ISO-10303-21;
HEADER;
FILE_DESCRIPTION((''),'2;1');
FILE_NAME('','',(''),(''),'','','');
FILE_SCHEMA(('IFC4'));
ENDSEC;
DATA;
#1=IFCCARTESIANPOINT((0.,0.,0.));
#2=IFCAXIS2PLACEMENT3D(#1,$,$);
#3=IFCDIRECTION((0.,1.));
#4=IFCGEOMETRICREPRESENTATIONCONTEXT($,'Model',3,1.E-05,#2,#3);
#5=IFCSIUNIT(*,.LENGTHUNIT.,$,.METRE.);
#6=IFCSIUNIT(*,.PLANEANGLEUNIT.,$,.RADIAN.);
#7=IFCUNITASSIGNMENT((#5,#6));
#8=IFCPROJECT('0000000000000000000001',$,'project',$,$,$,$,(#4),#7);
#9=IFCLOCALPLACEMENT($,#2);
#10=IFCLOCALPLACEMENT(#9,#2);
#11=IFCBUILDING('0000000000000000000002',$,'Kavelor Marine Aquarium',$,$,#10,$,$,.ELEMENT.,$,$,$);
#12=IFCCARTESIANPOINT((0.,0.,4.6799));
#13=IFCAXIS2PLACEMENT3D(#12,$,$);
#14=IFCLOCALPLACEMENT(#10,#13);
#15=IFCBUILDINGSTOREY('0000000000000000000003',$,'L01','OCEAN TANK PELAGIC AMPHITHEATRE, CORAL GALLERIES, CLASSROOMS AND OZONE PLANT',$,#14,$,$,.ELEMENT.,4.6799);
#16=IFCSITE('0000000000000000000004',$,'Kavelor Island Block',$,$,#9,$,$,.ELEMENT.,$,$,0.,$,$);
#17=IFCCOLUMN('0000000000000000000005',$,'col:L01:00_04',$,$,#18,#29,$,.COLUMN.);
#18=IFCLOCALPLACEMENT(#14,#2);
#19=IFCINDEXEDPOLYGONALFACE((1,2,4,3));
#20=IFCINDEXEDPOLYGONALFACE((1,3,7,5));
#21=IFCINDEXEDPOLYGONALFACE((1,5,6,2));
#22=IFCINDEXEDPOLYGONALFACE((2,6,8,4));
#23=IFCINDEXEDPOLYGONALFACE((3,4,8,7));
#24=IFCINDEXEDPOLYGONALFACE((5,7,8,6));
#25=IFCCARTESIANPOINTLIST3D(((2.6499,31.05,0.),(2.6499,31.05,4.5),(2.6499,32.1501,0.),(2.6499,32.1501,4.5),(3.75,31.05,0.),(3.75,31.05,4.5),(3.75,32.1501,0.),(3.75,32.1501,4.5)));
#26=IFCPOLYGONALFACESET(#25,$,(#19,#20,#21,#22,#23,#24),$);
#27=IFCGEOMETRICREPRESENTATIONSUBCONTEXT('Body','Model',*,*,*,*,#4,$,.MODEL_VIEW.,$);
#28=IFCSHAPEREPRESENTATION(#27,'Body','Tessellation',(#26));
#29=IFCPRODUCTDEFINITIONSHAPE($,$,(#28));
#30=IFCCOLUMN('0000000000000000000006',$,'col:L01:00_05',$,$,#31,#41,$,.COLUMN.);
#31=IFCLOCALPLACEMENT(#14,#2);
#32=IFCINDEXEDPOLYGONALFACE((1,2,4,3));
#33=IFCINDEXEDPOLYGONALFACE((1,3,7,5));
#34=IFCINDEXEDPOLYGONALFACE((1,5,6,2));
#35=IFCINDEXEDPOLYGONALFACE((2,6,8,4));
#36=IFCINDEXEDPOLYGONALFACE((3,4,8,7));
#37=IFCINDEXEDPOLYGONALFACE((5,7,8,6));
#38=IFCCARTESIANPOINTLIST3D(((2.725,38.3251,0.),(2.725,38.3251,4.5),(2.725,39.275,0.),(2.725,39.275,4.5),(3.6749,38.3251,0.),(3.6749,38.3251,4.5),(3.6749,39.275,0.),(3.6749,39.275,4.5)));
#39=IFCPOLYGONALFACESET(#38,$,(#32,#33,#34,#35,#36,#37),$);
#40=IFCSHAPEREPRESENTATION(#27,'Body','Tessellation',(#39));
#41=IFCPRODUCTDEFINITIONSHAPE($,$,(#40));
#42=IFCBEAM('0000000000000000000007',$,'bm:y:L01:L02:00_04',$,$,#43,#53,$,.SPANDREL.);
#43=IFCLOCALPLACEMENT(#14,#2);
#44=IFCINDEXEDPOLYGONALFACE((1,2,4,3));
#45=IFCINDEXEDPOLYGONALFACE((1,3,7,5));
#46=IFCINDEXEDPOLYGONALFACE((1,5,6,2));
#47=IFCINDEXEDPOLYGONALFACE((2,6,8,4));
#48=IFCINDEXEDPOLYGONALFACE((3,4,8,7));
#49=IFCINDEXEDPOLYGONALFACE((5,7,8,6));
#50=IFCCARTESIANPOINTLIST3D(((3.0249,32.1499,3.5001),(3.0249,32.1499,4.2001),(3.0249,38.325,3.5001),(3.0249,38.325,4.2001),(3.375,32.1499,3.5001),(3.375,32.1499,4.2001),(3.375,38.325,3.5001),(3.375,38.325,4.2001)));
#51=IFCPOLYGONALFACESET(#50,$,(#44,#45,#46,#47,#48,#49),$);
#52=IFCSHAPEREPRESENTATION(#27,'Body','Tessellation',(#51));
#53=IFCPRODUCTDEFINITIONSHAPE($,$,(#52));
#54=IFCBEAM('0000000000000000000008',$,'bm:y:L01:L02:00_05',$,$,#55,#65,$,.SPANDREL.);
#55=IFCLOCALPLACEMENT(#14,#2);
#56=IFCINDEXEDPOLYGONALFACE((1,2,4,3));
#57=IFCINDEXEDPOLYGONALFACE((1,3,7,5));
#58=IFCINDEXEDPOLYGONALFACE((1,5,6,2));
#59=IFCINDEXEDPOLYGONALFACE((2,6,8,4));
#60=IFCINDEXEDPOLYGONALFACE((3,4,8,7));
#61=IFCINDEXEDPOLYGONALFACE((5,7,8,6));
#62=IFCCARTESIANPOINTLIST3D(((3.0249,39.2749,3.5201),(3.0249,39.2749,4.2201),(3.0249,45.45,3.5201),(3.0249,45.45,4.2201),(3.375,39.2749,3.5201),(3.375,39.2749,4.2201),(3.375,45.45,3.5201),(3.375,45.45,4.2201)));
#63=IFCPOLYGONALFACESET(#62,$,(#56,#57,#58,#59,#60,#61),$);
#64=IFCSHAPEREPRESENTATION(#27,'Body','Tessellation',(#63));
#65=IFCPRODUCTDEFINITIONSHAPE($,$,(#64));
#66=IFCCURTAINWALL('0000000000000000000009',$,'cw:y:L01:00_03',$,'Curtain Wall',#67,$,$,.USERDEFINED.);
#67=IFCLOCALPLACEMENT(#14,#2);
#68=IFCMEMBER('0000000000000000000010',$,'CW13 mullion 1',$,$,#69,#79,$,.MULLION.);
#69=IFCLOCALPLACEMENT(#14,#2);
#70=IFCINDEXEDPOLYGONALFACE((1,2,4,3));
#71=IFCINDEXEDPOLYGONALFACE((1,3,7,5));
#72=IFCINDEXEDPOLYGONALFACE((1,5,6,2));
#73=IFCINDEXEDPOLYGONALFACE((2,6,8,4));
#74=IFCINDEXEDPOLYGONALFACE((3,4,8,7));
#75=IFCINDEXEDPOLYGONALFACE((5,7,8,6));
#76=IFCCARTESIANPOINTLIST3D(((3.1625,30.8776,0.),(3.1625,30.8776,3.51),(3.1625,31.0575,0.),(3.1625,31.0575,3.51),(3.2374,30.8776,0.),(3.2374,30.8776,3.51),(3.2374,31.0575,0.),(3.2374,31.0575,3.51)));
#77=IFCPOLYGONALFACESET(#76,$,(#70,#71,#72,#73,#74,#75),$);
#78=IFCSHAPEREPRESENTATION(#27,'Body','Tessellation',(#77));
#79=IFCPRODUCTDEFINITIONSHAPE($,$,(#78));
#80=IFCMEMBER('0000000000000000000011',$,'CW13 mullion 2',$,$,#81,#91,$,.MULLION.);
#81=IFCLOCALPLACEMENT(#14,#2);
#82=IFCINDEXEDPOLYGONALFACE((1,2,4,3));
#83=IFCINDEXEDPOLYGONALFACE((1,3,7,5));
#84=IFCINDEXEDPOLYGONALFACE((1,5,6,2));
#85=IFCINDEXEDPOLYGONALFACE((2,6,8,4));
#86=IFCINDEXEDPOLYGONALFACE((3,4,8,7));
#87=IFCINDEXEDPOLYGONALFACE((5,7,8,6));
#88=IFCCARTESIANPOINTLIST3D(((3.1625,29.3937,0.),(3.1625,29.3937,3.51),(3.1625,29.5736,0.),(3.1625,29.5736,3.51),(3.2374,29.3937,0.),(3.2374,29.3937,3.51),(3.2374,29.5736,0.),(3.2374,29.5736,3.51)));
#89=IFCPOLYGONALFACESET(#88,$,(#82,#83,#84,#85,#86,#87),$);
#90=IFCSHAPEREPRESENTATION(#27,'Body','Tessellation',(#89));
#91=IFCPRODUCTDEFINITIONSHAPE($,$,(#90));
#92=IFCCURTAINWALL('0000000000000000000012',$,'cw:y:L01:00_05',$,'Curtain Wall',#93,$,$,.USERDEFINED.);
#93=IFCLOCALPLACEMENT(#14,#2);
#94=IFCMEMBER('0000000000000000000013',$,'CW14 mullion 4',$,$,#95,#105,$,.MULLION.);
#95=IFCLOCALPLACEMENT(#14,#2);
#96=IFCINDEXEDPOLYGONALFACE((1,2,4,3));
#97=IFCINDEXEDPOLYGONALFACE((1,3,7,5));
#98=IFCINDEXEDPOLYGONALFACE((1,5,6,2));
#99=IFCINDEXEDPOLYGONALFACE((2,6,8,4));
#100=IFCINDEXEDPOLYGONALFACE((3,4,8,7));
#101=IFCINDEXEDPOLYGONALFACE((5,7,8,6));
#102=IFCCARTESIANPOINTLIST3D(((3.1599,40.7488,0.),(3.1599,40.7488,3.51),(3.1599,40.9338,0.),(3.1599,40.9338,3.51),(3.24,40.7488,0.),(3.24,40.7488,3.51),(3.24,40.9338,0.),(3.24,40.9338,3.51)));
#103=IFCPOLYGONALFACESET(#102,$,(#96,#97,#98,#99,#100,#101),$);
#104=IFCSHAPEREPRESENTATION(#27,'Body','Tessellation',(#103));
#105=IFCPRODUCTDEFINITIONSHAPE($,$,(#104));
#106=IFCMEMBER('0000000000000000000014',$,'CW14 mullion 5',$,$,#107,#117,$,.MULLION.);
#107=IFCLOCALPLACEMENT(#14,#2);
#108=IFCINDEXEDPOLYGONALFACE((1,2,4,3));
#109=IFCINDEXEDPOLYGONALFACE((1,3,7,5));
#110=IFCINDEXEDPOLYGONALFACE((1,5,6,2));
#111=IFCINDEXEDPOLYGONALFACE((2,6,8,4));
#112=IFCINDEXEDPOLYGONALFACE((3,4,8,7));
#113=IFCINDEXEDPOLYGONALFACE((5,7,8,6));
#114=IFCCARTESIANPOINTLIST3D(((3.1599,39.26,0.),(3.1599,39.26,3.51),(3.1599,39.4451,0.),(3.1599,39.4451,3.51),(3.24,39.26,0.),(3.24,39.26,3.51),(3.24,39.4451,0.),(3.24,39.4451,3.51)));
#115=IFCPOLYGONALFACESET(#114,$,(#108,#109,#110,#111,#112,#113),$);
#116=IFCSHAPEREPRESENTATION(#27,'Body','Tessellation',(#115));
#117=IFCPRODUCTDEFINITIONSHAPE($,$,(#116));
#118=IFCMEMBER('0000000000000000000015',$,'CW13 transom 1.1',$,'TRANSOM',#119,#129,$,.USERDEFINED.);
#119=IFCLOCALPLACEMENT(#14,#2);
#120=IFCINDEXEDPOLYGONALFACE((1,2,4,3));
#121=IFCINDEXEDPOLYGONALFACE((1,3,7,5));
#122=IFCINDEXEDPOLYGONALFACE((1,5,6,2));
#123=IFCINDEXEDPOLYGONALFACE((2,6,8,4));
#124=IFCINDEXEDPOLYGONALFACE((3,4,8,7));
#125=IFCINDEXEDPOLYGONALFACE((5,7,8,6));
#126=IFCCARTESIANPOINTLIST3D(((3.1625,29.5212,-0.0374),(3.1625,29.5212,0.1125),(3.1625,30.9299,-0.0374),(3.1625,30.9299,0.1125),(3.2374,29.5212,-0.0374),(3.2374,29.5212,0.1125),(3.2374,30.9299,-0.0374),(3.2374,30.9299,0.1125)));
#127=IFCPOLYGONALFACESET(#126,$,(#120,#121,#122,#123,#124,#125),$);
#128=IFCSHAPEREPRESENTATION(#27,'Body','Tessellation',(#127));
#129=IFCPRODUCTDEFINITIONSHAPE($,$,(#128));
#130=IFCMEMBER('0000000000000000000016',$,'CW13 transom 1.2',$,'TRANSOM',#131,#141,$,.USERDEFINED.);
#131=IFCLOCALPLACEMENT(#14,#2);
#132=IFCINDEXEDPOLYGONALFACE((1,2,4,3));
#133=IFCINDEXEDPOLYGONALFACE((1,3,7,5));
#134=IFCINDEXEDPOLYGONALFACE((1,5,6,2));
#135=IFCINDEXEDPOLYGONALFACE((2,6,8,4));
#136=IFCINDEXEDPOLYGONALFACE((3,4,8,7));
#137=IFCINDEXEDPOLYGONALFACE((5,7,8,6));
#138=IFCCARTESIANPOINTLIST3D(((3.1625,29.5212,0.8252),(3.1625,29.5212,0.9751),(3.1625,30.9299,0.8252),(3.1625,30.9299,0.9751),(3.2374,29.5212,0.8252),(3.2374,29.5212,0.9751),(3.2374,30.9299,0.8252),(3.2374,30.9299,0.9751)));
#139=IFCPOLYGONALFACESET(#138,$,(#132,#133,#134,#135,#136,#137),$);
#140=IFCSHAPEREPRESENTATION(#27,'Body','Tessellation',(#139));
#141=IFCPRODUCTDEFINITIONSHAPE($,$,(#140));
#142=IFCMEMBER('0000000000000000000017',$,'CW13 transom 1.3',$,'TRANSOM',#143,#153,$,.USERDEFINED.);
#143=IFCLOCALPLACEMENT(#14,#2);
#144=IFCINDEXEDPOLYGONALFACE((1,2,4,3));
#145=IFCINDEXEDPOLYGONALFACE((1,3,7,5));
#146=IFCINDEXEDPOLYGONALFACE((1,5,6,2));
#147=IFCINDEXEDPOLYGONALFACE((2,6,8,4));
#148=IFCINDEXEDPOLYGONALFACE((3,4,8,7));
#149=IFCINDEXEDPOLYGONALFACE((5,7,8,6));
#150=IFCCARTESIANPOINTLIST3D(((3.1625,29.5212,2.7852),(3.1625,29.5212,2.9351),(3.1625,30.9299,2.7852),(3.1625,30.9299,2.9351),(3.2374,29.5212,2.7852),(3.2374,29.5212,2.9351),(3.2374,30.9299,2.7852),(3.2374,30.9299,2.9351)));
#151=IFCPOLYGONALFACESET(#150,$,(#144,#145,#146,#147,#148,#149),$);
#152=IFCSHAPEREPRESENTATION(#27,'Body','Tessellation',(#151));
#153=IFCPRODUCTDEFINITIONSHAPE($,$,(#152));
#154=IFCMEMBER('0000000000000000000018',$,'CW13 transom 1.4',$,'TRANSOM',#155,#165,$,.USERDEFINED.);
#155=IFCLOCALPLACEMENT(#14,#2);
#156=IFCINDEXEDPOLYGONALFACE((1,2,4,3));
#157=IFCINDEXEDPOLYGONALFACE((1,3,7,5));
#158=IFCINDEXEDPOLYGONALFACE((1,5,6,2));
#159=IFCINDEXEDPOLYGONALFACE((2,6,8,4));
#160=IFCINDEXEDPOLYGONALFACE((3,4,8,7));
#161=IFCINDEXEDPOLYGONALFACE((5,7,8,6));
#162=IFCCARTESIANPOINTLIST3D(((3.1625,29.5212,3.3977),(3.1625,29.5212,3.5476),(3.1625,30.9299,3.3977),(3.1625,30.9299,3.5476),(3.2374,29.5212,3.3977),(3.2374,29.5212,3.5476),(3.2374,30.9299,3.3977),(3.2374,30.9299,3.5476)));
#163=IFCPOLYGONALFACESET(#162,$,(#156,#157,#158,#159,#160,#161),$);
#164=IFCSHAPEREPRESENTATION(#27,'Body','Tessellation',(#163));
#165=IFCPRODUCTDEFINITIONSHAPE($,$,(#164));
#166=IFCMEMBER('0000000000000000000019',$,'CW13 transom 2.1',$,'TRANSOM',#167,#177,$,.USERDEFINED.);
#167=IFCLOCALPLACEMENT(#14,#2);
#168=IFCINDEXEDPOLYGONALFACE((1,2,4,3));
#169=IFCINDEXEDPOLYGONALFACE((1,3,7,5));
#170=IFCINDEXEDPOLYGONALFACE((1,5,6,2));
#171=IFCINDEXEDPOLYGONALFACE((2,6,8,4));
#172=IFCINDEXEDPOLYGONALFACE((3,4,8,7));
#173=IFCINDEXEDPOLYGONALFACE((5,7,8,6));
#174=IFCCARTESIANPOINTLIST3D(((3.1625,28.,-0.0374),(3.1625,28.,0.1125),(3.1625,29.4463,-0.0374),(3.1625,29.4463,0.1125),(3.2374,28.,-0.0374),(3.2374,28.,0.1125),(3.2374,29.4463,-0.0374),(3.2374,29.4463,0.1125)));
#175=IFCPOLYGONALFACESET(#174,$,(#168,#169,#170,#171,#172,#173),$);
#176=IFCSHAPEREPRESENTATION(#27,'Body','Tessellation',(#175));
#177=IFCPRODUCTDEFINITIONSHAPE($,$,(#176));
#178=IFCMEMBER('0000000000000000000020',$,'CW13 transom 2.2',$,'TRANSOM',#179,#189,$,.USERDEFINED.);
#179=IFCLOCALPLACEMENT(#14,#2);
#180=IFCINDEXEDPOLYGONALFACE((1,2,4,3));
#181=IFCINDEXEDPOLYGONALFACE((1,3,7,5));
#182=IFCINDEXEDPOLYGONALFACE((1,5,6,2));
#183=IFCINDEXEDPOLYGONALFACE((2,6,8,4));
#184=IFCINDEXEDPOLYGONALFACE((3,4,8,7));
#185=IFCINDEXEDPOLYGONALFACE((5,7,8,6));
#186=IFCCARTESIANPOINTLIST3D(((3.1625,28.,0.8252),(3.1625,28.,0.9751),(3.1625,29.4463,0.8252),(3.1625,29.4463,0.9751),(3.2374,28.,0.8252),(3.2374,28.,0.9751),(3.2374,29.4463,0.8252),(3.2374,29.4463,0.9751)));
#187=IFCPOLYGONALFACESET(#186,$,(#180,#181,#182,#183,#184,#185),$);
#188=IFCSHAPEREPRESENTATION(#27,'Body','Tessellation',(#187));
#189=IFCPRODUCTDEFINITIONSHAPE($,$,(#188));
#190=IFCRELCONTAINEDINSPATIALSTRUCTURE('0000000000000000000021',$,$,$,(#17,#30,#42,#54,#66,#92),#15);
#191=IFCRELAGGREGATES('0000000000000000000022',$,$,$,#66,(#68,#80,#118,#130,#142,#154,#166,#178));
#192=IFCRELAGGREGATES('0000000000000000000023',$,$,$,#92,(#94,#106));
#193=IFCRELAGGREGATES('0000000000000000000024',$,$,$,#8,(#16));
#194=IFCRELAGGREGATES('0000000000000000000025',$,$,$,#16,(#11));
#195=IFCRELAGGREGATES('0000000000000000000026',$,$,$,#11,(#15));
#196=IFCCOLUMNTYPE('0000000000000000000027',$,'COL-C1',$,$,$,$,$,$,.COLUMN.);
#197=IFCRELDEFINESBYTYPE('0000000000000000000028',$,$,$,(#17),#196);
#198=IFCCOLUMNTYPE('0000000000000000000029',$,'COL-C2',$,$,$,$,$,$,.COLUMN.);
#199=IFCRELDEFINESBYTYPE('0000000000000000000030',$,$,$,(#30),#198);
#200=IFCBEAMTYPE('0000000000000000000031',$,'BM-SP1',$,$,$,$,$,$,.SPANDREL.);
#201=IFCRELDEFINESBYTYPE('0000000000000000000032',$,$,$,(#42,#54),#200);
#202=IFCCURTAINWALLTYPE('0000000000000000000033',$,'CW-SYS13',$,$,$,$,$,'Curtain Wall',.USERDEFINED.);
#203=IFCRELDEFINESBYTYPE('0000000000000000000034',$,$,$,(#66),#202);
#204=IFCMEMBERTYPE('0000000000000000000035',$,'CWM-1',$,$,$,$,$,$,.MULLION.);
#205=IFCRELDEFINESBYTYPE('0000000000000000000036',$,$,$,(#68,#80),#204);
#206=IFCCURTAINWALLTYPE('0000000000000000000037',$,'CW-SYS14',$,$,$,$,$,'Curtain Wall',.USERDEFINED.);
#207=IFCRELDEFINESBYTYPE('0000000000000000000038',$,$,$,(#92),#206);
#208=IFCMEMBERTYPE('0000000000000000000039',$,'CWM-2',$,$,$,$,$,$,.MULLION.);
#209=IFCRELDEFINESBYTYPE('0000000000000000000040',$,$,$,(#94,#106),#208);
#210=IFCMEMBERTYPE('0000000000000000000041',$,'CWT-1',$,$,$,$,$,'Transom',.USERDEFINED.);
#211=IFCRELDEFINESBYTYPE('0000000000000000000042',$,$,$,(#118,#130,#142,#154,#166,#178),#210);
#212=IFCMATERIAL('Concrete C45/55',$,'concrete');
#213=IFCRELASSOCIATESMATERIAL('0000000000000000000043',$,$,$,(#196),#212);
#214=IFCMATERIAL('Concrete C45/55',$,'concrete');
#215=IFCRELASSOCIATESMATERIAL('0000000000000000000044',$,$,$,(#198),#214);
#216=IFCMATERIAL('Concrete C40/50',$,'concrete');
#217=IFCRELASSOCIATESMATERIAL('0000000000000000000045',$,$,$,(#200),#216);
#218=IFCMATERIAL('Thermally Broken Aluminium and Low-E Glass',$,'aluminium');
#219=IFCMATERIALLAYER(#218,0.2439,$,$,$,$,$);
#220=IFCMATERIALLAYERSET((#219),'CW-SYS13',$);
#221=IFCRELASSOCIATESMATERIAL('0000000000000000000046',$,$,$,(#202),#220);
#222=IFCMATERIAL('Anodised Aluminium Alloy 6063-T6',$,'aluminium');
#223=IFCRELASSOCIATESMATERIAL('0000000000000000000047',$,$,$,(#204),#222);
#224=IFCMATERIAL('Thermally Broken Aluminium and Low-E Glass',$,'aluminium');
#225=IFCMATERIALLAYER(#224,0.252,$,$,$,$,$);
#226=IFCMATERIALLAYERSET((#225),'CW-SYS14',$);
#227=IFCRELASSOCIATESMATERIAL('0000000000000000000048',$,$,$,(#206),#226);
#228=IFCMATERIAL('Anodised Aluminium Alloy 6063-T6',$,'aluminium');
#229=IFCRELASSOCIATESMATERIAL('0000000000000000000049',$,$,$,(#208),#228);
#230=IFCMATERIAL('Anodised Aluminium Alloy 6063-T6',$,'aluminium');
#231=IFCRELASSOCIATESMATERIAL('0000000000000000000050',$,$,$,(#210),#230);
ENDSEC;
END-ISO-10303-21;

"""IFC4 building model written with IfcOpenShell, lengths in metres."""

from ifc_helpers import new_model, si_unit, direction, frame, origin, origin_2d, place, context, subcontext, project, spatial, rectangle, extrude, material, layer, layer_set, material_profile, profile_set, type_object, element, aggregate, save


model = new_model("IFC4")

# Units and contexts
model_context = context("Model", 3, precision=1e-05, world=origin(), true_north=direction((0.0, 1.0)))
body_context = subcontext(model_context, "Body", "Model", "MODEL_VIEW")
ifc_project = project(units=[si_unit("LENGTHUNIT", "METRE"), si_unit("PLANEANGLEUNIT", "RADIAN")], contexts=[model_context])

# Site, building, storey
site_placement = place(None, origin())
site = spatial("IfcSite", under=ifc_project, at=site_placement, Name="Kavelor Island Block", CompositionType="ELEMENT", RefElevation=0.0)
building_placement = place(site_placement, origin())
building = spatial("IfcBuilding", under=site, at=building_placement, Name="Kavelor Marine Aquarium", CompositionType="ELEMENT")
storey_placement = place(building_placement, frame((0.0, 0.0, 4.6799)))
storey = spatial("IfcBuildingStorey", under=building, at=storey_placement, Name="L01", Description="OCEAN TANK PELAGIC AMPHITHEATRE, CORAL GALLERIES, CLASSROOMS AND OZONE PLANT", CompositionType="ELEMENT", Elevation=4.6799)

# Columns
ifc_material_1 = material(Name="Concrete C45/55", Category="concrete")
ifc_material_profile_1 = material_profile(ifc_material_1, rectangle(XDim=1.1001, YDim=1.1001, at=origin_2d()), Name="RC-COL 1100x1100")
ifc_profile_set_1 = profile_set([ifc_material_profile_1], Name="Concrete C45/55")
column_type_1 = type_object("IfcColumnType", Name="COL-C1", PredefinedType="COLUMN", material=ifc_profile_set_1)
column_1_placement = place(storey_placement, frame((3.2, 31.6001, 0.0), z_axis=(0.0, 0.0, 1.0), x_axis=(1.0, 0.0, 0.0)))
element("IfcColumn", 1, at=column_1_placement, inside=storey, type_object=column_type_1, Name="col:L01:00_04", PredefinedType="COLUMN", context=body_context, shape_type="SweptSolid", body=[
    extrude(rectangle(XDim=1.1001, YDim=1.1001, at=origin_2d()), origin(), (0.0, 0.0, 1.0), 4.5),
])
ifc_material_2 = material(Name="Concrete C45/55", Category="concrete")
ifc_material_profile_2 = material_profile(ifc_material_2, rectangle(XDim=0.95, YDim=0.95, at=origin_2d()), Name="RC-COL 950x950")
ifc_profile_set_2 = profile_set([ifc_material_profile_2], Name="Concrete C45/55")
column_type_2 = type_object("IfcColumnType", Name="COL-C2", PredefinedType="COLUMN", material=ifc_profile_set_2)
column_2_placement = place(storey_placement, frame((3.2, 38.8, 0.0), z_axis=(0.0, 0.0, 1.0), x_axis=(1.0, 0.0, 0.0)))
element("IfcColumn", 2, at=column_2_placement, inside=storey, type_object=column_type_2, Name="col:L01:00_05", PredefinedType="COLUMN", context=body_context, shape_type="SweptSolid", body=[
    extrude(rectangle(XDim=0.95, YDim=0.95, at=origin_2d()), origin(), (0.0, 0.0, 1.0), 4.5),
])

# Beams
ifc_material_3 = material(Name="Concrete C40/50", Category="concrete")
ifc_material_profile_3 = material_profile(ifc_material_3, rectangle(XDim=0.3501, YDim=0.7, at=origin_2d()), Name="RC-SP 350x700")
ifc_profile_set_3 = profile_set([ifc_material_profile_3], Name="Concrete C40/50")
beam_type = type_object("IfcBeamType", Name="BM-SP1", PredefinedType="SPANDREL", material=ifc_profile_set_3)
for number, where, z_axis, x_axis, name in (
    (3, (3.2, 32.1499, 3.8501), (0.0, 1.0, 0.0), (-1.0, 0.0, 0.0), "bm:y:L01:L02:00_04"),
    (4, (3.2, 39.2749, 3.8701), (0.0, 1.0, 0.0), (-1.0, 0.0, 0.0), "bm:y:L01:L02:00_05"),
):
    element("IfcBeam", number, at=place(storey_placement, frame(where, z_axis=z_axis, x_axis=x_axis)), inside=storey, type_object=beam_type, Name=name, PredefinedType="SPANDREL", context=body_context, shape_type="SweptSolid", body=[
        extrude(rectangle(XDim=0.3501, YDim=0.7, at=origin_2d()), origin(), (0.0, 0.0, 1.0), 6.175),
    ])

# Curtain walls, members
ifc_material_4 = material(Name="Thermally Broken Aluminium and Low-E Glass", Category="aluminium")
ifc_layer_1 = layer(ifc_material_4, 0.2439)
ifc_layer_set_1 = layer_set([ifc_layer_1], Name="CW-SYS13")
curtain_wall_type_1 = type_object("IfcCurtainWallType", Name="CW-SYS13", ElementType="Curtain Wall", PredefinedType="USERDEFINED", material=ifc_layer_set_1)
curtain_wall_1_placement = place(storey_placement, origin())
curtain_wall_1 = element("IfcCurtainWall", 5, at=curtain_wall_1_placement, inside=storey, type_object=curtain_wall_type_1, Name="cw:y:L01:00_03", ObjectType="Curtain Wall", PredefinedType="USERDEFINED")
ifc_material_5 = material(Name="Anodised Aluminium Alloy 6063-T6", Category="aluminium")
ifc_material_profile_4 = material_profile(ifc_material_5, rectangle(XDim=0.075, YDim=0.1799, at=origin_2d()), Name="CW-MUL 75x180")
ifc_profile_set_4 = profile_set([ifc_material_profile_4], Name="Anodised Aluminium Alloy 6063-T6")
member_type_1 = type_object("IfcMemberType", Name="CWM-1", PredefinedType="MULLION", material=ifc_profile_set_4)
member_1_placement = place(storey_placement, frame((3.2, 30.9675, 0.0), z_axis=(0.0, 0.0, 1.0), x_axis=(1.0, 0.0, 0.0)))
member_1 = element("IfcMember", 6, at=member_1_placement, type_object=member_type_1, Name="CW13 mullion 1", PredefinedType="MULLION", context=body_context, shape_type="SweptSolid", body=[
    extrude(rectangle(XDim=0.075, YDim=0.1799, at=origin_2d()), origin(), (0.0, 0.0, 1.0), 3.51),
])
member_2_placement = place(storey_placement, frame((3.2, 29.4836, 0.0), z_axis=(0.0, 0.0, 1.0), x_axis=(1.0, 0.0, 0.0)))
member_2 = element("IfcMember", 7, at=member_2_placement, type_object=member_type_1, Name="CW13 mullion 2", PredefinedType="MULLION", context=body_context, shape_type="SweptSolid", body=[
    extrude(rectangle(XDim=0.075, YDim=0.1799, at=origin_2d()), origin(), (0.0, 0.0, 1.0), 3.51),
])
ifc_material_6 = material(Name="Thermally Broken Aluminium and Low-E Glass", Category="aluminium")
ifc_layer_2 = layer(ifc_material_6, 0.252)
ifc_layer_set_2 = layer_set([ifc_layer_2], Name="CW-SYS14")
curtain_wall_type_2 = type_object("IfcCurtainWallType", Name="CW-SYS14", ElementType="Curtain Wall", PredefinedType="USERDEFINED", material=ifc_layer_set_2)
curtain_wall_2_placement = place(storey_placement, origin())
curtain_wall_2 = element("IfcCurtainWall", 8, at=curtain_wall_2_placement, inside=storey, type_object=curtain_wall_type_2, Name="cw:y:L01:00_05", ObjectType="Curtain Wall", PredefinedType="USERDEFINED")
ifc_material_7 = material(Name="Anodised Aluminium Alloy 6063-T6", Category="aluminium")
ifc_material_profile_5 = material_profile(ifc_material_7, rectangle(XDim=0.0801, YDim=0.1851, at=origin_2d()), Name="CW-MUL 80x185")
ifc_profile_set_5 = profile_set([ifc_material_profile_5], Name="Anodised Aluminium Alloy 6063-T6")
member_type_2 = type_object("IfcMemberType", Name="CWM-2", PredefinedType="MULLION", material=ifc_profile_set_5)
member_3_placement = place(storey_placement, frame((3.2, 40.8413, 0.0), z_axis=(0.0, 0.0, 1.0), x_axis=(1.0, 0.0, 0.0)))
member_3 = element("IfcMember", 9, at=member_3_placement, type_object=member_type_2, Name="CW14 mullion 4", PredefinedType="MULLION", context=body_context, shape_type="SweptSolid", body=[
    extrude(rectangle(XDim=0.0801, YDim=0.1851, at=origin_2d()), origin(), (0.0, 0.0, 1.0), 3.51),
])
member_4_placement = place(storey_placement, frame((3.2, 39.3525, 0.0), z_axis=(0.0, 0.0, 1.0), x_axis=(1.0, 0.0, 0.0)))
member_4 = element("IfcMember", 10, at=member_4_placement, type_object=member_type_2, Name="CW14 mullion 5", PredefinedType="MULLION", context=body_context, shape_type="SweptSolid", body=[
    extrude(rectangle(XDim=0.0801, YDim=0.1851, at=origin_2d()), origin(), (0.0, 0.0, 1.0), 3.51),
])

# Members
ifc_material_8 = material(Name="Anodised Aluminium Alloy 6063-T6", Category="aluminium")
ifc_material_profile_6 = material_profile(ifc_material_8, rectangle(XDim=0.075, YDim=0.1499, at=origin_2d()), Name="CW-TRN 75x150")
ifc_profile_set_6 = profile_set([ifc_material_profile_6], Name="Anodised Aluminium Alloy 6063-T6")
member_type_3 = type_object("IfcMemberType", Name="CWT-1", ElementType="Transom", PredefinedType="USERDEFINED", material=ifc_profile_set_6)
member_5_placement = place(storey_placement, frame((3.2, 30.9299, 0.0376), z_axis=(0.0, -1.0, 0.0), x_axis=(1.0, 0.0, 0.0)))
member_5 = element("IfcMember", 11, at=member_5_placement, type_object=member_type_3, Name="CW13 transom 1.1", ObjectType="TRANSOM", PredefinedType="USERDEFINED", context=body_context, shape_type="SweptSolid", body=[
    extrude(rectangle(XDim=0.075, YDim=0.1499, at=origin_2d()), origin(), (0.0, 0.0, 1.0), 1.4087),
])
member_6_placement = place(storey_placement, frame((3.2, 30.9299, 0.9001), z_axis=(0.0, -1.0, 0.0), x_axis=(1.0, 0.0, 0.0)))
member_6 = element("IfcMember", 12, at=member_6_placement, type_object=member_type_3, Name="CW13 transom 1.2", ObjectType="TRANSOM", PredefinedType="USERDEFINED", context=body_context, shape_type="SweptSolid", body=[
    extrude(rectangle(XDim=0.075, YDim=0.1499, at=origin_2d()), origin(), (0.0, 0.0, 1.0), 1.4087),
])
member_7_placement = place(storey_placement, frame((3.2, 30.9299, 2.8601), z_axis=(0.0, -1.0, 0.0), x_axis=(1.0, 0.0, 0.0)))
member_7 = element("IfcMember", 13, at=member_7_placement, type_object=member_type_3, Name="CW13 transom 1.3", ObjectType="TRANSOM", PredefinedType="USERDEFINED", context=body_context, shape_type="SweptSolid", body=[
    extrude(rectangle(XDim=0.075, YDim=0.1499, at=origin_2d()), origin(), (0.0, 0.0, 1.0), 1.4087),
])
member_8_placement = place(storey_placement, frame((3.2, 30.9299, 3.4727), z_axis=(0.0, -1.0, 0.0), x_axis=(1.0, 0.0, 0.0)))
member_8 = element("IfcMember", 14, at=member_8_placement, type_object=member_type_3, Name="CW13 transom 1.4", ObjectType="TRANSOM", PredefinedType="USERDEFINED", context=body_context, shape_type="SweptSolid", body=[
    extrude(rectangle(XDim=0.075, YDim=0.1499, at=origin_2d()), origin(), (0.0, 0.0, 1.0), 1.4087),
])
member_9_placement = place(storey_placement, frame((3.2, 29.4463, 0.0376), z_axis=(0.0, -1.0, 0.0), x_axis=(1.0, 0.0, 0.0)))
member_9 = element("IfcMember", 15, at=member_9_placement, type_object=member_type_3, Name="CW13 transom 2.1", ObjectType="TRANSOM", PredefinedType="USERDEFINED", context=body_context, shape_type="SweptSolid", body=[
    extrude(rectangle(XDim=0.075, YDim=0.1499, at=origin_2d()), origin(), (0.0, 0.0, 1.0), 1.4463),
])
member_10_placement = place(storey_placement, frame((3.2, 29.4463, 0.9001), z_axis=(0.0, -1.0, 0.0), x_axis=(1.0, 0.0, 0.0)))
member_10 = element("IfcMember", 16, at=member_10_placement, type_object=member_type_3, Name="CW13 transom 2.2", ObjectType="TRANSOM", PredefinedType="USERDEFINED", context=body_context, shape_type="SweptSolid", body=[
    extrude(rectangle(XDim=0.075, YDim=0.1499, at=origin_2d()), origin(), (0.0, 0.0, 1.0), 1.4463),
])

aggregate(curtain_wall_1, [member_1, member_2, member_5, member_6, member_7, member_8, member_9, member_10])
aggregate(curtain_wall_2, [member_3, member_4])

save(model, "model.ifc")
